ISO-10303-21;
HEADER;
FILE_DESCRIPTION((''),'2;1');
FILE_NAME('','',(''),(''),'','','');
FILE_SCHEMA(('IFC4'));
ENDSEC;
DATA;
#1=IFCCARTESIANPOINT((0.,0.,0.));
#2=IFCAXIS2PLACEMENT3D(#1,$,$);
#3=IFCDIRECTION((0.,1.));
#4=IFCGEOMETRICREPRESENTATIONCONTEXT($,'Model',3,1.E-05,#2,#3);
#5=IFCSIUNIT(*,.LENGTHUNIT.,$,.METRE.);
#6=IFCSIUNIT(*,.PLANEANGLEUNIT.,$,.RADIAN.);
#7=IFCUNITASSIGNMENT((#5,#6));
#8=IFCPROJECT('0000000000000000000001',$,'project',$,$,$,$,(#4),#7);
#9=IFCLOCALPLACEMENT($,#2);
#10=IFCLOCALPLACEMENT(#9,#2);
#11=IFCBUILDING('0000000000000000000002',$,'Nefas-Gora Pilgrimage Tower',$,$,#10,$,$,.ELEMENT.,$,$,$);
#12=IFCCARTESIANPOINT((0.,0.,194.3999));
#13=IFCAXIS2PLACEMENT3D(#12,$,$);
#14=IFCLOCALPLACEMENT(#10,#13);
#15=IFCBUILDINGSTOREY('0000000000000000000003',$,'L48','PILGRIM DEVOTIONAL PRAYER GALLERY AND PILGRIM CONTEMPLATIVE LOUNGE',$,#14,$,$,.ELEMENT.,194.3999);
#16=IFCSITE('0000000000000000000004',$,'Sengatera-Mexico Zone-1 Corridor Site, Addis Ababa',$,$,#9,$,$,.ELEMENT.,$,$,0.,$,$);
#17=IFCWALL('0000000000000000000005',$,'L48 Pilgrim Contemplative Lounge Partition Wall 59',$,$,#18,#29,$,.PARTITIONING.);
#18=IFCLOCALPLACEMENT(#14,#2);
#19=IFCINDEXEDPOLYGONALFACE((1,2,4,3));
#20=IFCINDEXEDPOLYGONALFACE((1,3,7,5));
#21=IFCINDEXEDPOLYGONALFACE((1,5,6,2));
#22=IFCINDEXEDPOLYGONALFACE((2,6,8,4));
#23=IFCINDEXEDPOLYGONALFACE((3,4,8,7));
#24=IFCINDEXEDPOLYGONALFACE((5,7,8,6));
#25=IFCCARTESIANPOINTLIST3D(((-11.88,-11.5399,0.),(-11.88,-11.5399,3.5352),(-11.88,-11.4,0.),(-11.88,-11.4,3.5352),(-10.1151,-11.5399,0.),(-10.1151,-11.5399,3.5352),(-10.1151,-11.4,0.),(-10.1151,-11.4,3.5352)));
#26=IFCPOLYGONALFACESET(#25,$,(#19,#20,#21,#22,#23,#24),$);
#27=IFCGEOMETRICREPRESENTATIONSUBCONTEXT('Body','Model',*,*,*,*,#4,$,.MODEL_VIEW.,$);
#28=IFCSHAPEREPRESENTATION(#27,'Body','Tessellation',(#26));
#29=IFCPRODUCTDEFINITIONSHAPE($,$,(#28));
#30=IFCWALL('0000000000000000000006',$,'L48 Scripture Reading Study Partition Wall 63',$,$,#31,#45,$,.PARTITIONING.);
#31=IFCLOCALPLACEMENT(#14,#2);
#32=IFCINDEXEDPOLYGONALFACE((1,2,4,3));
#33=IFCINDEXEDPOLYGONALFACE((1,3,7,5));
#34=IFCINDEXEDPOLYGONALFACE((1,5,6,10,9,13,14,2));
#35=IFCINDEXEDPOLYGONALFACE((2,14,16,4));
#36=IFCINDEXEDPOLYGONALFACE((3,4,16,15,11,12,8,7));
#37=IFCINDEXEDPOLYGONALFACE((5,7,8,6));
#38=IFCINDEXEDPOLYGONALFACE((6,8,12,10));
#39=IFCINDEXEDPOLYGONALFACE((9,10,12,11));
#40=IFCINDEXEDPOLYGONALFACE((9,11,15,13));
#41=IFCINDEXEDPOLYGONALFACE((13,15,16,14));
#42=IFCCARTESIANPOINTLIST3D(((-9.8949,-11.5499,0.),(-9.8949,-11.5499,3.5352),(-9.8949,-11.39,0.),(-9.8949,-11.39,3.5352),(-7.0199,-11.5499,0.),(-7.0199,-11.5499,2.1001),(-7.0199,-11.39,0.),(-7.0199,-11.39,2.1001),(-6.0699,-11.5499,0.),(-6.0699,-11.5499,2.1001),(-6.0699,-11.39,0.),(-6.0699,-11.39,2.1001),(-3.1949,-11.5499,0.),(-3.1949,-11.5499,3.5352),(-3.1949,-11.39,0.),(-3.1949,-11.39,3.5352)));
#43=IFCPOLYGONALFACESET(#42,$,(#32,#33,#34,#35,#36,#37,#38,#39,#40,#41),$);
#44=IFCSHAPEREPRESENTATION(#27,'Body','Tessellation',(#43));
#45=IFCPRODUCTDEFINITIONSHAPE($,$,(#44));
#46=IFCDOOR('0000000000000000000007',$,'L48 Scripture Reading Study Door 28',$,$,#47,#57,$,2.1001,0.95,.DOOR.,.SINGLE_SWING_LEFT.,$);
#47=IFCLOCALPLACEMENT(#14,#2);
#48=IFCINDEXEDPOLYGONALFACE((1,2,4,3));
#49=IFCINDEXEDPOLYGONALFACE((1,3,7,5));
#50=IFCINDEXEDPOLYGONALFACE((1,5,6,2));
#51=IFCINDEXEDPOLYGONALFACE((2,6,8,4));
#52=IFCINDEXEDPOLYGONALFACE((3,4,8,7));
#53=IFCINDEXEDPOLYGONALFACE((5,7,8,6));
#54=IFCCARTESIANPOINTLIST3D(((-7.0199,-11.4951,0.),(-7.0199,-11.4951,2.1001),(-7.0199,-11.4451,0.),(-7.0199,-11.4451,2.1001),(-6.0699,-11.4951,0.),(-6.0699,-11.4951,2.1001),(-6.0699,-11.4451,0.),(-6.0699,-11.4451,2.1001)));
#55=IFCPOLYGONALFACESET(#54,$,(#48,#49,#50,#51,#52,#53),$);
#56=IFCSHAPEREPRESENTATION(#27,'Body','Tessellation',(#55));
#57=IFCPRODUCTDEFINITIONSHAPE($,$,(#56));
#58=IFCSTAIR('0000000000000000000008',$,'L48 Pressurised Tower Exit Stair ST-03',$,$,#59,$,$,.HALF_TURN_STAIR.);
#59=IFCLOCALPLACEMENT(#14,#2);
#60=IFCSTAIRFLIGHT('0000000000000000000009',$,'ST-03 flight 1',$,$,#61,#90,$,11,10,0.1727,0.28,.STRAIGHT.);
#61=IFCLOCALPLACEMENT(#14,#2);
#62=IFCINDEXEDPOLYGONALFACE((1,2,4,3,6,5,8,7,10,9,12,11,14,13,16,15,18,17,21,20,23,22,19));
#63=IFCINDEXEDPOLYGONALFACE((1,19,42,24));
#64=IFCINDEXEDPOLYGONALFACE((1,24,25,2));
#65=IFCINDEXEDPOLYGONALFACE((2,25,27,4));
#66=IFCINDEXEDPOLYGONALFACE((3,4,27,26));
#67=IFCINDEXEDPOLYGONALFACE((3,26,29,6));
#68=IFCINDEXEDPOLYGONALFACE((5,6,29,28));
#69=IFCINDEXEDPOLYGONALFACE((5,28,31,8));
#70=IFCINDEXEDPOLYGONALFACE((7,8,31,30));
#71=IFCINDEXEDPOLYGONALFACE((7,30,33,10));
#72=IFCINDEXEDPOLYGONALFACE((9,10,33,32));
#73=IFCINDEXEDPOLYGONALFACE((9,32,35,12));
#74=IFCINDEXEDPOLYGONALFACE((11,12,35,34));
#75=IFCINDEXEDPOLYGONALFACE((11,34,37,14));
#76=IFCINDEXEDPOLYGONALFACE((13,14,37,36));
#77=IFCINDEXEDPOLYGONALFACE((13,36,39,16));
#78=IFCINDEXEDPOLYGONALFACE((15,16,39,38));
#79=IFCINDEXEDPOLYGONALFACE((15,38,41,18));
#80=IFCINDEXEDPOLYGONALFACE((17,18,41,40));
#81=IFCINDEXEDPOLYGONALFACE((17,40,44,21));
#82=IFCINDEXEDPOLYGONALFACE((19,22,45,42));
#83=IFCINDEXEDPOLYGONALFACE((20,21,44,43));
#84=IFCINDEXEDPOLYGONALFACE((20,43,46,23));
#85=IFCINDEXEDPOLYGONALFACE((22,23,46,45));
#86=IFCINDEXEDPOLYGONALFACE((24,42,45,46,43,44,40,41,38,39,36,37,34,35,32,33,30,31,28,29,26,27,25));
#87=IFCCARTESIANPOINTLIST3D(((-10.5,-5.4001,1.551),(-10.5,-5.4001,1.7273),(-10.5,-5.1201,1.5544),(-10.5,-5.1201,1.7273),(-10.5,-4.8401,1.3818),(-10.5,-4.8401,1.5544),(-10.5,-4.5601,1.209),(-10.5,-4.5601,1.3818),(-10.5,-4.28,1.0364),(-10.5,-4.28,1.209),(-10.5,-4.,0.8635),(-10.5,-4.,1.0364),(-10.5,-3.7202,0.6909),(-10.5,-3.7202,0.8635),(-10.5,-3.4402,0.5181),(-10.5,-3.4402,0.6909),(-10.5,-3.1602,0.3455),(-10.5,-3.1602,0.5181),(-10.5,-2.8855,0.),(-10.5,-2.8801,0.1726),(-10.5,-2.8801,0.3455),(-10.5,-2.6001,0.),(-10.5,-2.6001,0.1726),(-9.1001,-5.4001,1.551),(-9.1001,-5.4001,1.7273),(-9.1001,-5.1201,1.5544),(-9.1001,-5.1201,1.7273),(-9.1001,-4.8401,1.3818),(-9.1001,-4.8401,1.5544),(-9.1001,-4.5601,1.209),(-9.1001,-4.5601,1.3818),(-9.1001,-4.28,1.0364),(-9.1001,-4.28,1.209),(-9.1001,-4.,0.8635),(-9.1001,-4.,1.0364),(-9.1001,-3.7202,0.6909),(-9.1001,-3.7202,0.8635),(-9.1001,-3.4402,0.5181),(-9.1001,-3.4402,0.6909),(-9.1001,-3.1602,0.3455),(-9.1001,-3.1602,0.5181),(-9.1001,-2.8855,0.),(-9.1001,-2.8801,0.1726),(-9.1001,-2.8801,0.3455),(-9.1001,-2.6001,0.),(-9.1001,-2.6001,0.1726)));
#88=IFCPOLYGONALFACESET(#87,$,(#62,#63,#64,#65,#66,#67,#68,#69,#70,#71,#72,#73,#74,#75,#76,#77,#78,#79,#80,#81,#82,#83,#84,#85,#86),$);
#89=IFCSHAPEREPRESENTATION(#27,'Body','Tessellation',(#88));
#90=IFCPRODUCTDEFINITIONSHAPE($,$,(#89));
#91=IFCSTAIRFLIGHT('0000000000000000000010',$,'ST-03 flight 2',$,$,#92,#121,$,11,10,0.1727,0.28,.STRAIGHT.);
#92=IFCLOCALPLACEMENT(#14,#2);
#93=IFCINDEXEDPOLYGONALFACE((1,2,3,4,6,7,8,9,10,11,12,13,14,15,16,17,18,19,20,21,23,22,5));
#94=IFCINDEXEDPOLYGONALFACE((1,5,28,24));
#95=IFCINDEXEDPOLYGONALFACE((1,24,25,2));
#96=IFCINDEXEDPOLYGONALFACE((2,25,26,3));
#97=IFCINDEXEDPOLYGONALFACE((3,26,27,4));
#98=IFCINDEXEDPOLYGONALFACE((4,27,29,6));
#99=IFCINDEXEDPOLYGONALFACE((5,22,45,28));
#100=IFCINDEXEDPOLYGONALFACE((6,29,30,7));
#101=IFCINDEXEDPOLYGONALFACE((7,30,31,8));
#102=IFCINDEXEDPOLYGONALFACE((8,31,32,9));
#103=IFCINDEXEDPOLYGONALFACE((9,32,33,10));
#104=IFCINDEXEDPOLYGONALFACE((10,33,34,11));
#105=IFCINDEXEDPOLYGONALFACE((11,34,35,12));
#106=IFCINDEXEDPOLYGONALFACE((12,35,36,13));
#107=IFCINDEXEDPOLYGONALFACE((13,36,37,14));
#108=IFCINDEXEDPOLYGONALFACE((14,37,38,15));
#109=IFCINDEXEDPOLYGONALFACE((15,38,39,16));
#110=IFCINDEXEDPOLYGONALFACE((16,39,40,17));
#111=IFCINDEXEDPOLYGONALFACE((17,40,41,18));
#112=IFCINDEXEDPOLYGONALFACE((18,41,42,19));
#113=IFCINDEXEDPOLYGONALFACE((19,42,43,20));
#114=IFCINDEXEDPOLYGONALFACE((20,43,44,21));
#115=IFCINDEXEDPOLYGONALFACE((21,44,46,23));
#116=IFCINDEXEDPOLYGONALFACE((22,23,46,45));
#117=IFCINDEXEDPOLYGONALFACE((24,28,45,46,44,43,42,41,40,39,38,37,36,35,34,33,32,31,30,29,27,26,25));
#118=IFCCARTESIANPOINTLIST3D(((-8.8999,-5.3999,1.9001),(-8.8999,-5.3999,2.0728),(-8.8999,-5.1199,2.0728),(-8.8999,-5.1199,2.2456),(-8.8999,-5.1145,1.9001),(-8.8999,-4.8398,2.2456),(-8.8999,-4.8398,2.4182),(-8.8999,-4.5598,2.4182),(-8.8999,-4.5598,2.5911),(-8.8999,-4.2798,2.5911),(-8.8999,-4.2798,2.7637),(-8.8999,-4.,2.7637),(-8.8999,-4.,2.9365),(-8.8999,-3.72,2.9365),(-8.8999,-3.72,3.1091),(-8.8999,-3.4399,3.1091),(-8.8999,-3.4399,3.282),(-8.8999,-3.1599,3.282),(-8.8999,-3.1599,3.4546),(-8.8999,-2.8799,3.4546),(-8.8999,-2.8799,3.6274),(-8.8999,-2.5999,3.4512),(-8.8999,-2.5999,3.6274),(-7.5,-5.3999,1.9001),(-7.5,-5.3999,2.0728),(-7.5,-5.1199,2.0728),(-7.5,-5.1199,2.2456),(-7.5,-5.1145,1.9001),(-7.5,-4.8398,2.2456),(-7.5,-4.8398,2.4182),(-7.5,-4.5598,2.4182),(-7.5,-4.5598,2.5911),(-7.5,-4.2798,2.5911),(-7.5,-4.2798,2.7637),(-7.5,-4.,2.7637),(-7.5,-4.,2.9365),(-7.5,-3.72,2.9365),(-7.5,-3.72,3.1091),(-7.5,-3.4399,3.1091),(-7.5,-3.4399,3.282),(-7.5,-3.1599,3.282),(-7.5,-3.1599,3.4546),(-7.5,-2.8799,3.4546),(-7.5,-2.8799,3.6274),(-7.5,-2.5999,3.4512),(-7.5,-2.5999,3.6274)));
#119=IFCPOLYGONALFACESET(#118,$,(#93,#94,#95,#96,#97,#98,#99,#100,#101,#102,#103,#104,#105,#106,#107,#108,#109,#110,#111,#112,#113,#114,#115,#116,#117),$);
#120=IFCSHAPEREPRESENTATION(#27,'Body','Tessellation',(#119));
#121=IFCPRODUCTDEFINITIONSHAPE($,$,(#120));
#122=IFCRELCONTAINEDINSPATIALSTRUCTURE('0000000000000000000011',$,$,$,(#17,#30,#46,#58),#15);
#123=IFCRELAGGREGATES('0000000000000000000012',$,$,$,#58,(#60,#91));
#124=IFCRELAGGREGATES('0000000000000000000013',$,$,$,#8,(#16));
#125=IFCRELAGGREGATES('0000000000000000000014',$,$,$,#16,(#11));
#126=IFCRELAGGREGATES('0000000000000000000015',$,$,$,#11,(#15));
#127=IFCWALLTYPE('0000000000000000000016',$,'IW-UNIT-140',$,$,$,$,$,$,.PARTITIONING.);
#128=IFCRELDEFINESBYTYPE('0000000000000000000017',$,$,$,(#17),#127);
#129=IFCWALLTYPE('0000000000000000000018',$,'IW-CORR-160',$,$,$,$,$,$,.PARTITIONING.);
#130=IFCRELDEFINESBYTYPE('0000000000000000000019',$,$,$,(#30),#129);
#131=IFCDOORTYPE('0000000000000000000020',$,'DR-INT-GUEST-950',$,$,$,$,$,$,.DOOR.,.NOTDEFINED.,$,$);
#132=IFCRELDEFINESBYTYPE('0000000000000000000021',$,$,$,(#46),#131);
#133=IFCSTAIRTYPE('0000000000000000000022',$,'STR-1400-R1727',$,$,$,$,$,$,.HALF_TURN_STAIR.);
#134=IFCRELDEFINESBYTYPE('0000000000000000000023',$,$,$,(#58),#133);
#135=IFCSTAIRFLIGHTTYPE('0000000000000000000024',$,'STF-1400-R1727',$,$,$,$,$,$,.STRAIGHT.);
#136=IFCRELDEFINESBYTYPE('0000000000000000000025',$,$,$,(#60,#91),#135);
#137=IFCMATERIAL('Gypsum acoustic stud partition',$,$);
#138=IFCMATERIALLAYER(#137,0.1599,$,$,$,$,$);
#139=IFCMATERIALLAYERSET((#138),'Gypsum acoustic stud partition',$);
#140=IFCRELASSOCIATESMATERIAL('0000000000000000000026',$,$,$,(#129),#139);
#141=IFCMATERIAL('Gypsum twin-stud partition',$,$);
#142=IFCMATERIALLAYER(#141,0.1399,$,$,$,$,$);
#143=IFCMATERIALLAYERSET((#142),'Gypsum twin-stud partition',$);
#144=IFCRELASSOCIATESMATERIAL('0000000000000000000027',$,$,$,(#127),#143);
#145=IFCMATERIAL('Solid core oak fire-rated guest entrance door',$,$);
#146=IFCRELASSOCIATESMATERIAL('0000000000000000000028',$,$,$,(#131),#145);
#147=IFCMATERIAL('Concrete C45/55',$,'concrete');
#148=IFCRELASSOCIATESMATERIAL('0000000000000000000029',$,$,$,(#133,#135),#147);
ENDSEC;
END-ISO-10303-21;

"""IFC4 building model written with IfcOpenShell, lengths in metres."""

from ifc_helpers import new_model, si_unit, direction, frame, frame_2d, origin, place, context, subcontext, project, spatial, polyline, rectangle, outline, extrude, source, transform, mapped, material, layer, layer_set, type_object, element, fill, aggregate, save


model = new_model("IFC4")

# Units and contexts
model_context = context("Model", 3, precision=1e-05, world=origin(), true_north=direction((0.0, 1.0)))
body_context = subcontext(model_context, "Body", "Model", "MODEL_VIEW")
ifc_project = project(units=[si_unit("LENGTHUNIT", "METRE"), si_unit("PLANEANGLEUNIT", "RADIAN")], contexts=[model_context])

# Site, building, storey
site_placement = place(None, origin())
site = spatial("IfcSite", under=ifc_project, at=site_placement, Name="Sengatera-Mexico Zone-1 Corridor Site, Addis Ababa", CompositionType="ELEMENT", RefElevation=0.0)
building_placement = place(site_placement, origin())
building = spatial("IfcBuilding", under=site, at=building_placement, Name="Nefas-Gora Pilgrimage Tower", CompositionType="ELEMENT")
storey_placement = place(building_placement, frame((0.0, 0.0, 194.3999)))
storey = spatial("IfcBuildingStorey", under=building, at=storey_placement, Name="L48", Description="PILGRIM DEVOTIONAL PRAYER GALLERY AND PILGRIM CONTEMPLATIVE LOUNGE", CompositionType="ELEMENT", Elevation=194.3999)

# Shared definitions
ifc_material_1 = material(Name="Concrete C45/55", Category="concrete")

# Shared definitions
ifc_material_2 = material(Name="Gypsum acoustic stud partition")
ifc_layer_1 = layer(ifc_material_2, 0.1599)
ifc_layer_set_1 = layer_set([ifc_layer_1], Name="Gypsum acoustic stud partition")
wall_type_1 = type_object("IfcWallType", Name="IW-CORR-160", PredefinedType="PARTITIONING", material=ifc_layer_set_1)
ifc_material_3 = material(Name="Gypsum twin-stud partition")
ifc_layer_2 = layer(ifc_material_3, 0.1399)
ifc_layer_set_2 = layer_set([ifc_layer_2], Name="Gypsum twin-stud partition")
wall_type_2 = type_object("IfcWallType", Name="IW-UNIT-140", PredefinedType="PARTITIONING", material=ifc_layer_set_2)

# Shared definitions
ifc_material_4 = material(Name="Solid core oak fire-rated guest entrance door")
door_type_1 = type_object("IfcDoorType", Name="DR-INT-GUEST-950", OperationType="NOTDEFINED", PredefinedType="DOOR", material=ifc_material_4)
shared_shape_1 = source(origin(), body_context, "Body", "SweptSolid", [
    extrude(rectangle(XDim=0.95, YDim=2.1001, at=frame_2d((0.4751, 1.05))), frame((0.0, 0.0249, 0.0), z_axis=(0.0, -1.0, 0.0), x_axis=(1.0, 0.0, 0.0)), (0.0, 0.0, 1.0), 0.05),
])

# Wall
shared_shape_2 = source(origin(), body_context, "Body", "SweptSolid", [
    extrude(rectangle(XDim=1.7649, YDim=0.1399, at=frame_2d((0.8823, 0.0))), origin(), (0.0, 0.0, 1.0), 3.5352),
])
wall_1_placement = place(storey_placement, frame((-11.8799, -11.47, 0.0), z_axis=(0.0, 0.0, 1.0), x_axis=(1.0, 0.0, 0.0)))
element("IfcWall", 1, at=wall_1_placement, inside=storey, type_object=wall_type_2, Name="L48 Pilgrim Contemplative Lounge Partition Wall 59", PredefinedType="PARTITIONING", context=body_context, shape_type="MappedRepresentation", body=[
    mapped(shared_shape_2, transform((0.0, 0.0, 0.0), x_axis=(1.0, 0.0, 0.0), y_axis=(0.0, 1.0, 0.0), z_axis=(0.0, 0.0, 1.0), scale=1.0)),
])

# Wall, opening, door
shared_shape_3 = source(origin(), body_context, "Body", "SweptSolid", [
    extrude(rectangle(XDim=6.7, YDim=0.1599, at=frame_2d((3.3501, 0.0))), origin(), (0.0, 0.0, 1.0), 3.5352),
])
wall_2_placement = place(storey_placement, frame((-9.895, -11.47, 0.0), z_axis=(0.0, 0.0, 1.0), x_axis=(1.0, 0.0, 0.0)))
wall_2 = element("IfcWall", 2, at=wall_2_placement, inside=storey, type_object=wall_type_1, Name="L48 Scripture Reading Study Partition Wall 63", PredefinedType="PARTITIONING", context=body_context, shape_type="MappedRepresentation", body=[
    mapped(shared_shape_3, transform((0.0, 0.0, 0.0), x_axis=(1.0, 0.0, 0.0), y_axis=(0.0, 1.0, 0.0), z_axis=(0.0, 0.0, 1.0), scale=1.0)),
])
opening_1_placement = place(wall_2_placement, frame((2.875, 0.0, 0.0)))
opening_1 = element("IfcOpeningElement", 3, at=opening_1_placement, cuts=wall_2, PredefinedType="OPENING", context=body_context, shape_type="SweptSolid", body=[
    extrude(rectangle(XDim=0.95, YDim=2.1001, at=frame_2d((0.4751, 1.05))), frame((0.0, 0.0898, 0.0), z_axis=(0.0, -1.0, 0.0), x_axis=(1.0, 0.0, 0.0)), (0.0, 0.0, 1.0), 0.1799),
])
door_1_placement = place(opening_1_placement, origin())
door_1 = element("IfcDoor", 4, at=door_1_placement, inside=storey, type_object=door_type_1, Name="L48 Scripture Reading Study Door 28", OperationType="SINGLE_SWING_LEFT", OverallHeight=2.1001, OverallWidth=0.95, PredefinedType="DOOR", context=body_context, shape_type="MappedRepresentation", body=[
    mapped(shared_shape_1, transform((0.0, 0.0, 0.0), x_axis=(1.0, 0.0, 0.0), y_axis=(0.0, 1.0, 0.0), z_axis=(0.0, 0.0, 1.0), scale=1.0)),
])
fill(opening_1, door_1)

# Stair, stair flights
stair_type = type_object("IfcStairType", Name="STR-1400-R1727", PredefinedType="HALF_TURN_STAIR", material=ifc_material_1)
stair_placement = place(storey_placement, origin())
stair = element("IfcStair", 5, at=stair_placement, inside=storey, type_object=stair_type, Name="L48 Pressurised Tower Exit Stair ST-03", PredefinedType="HALF_TURN_STAIR")
stair_flight_type = type_object("IfcStairFlightType", Name="STF-1400-R1727", PredefinedType="STRAIGHT", material=ifc_material_1)
shared_shape_4 = source(origin(), body_context, "Body", "SweptSolid", [
    extrude(outline(polyline([(0.0, 0.0), (0.0, 0.1726), (0.28, 0.1726), (0.28, 0.3455), (0.5601, 0.3455), (0.5601, 0.5181), (0.8401, 0.5181), (0.8401, 0.6909), (1.1201, 0.6909), (1.1201, 0.8635), (1.3999, 0.8635), (1.3999, 1.0364), (1.6799, 1.0364), (1.6799, 1.209), (1.96, 1.209), (1.96, 1.3818), (2.24, 1.3818), (2.24, 1.5544), (2.52, 1.5544), (2.52, 1.7273), (2.8, 1.7273), (2.8, 1.8999), (2.8, 1.551), (0.2854, 0.0), (0.0, 0.0)])), frame((0.0, 0.7, 0.0), z_axis=(0.0, -1.0, 0.0), x_axis=(1.0, 0.0, 0.0)), (0.0, 0.0, 1.0), 1.3999),
])
stair_flight_1_placement = place(storey_placement, frame((-9.8, -2.6001, 0.0), z_axis=(0.0, 0.0, 1.0), x_axis=(0.0, -1.0, 0.0)))
stair_flight_1 = element("IfcStairFlight", 6, at=stair_flight_1_placement, type_object=stair_flight_type, Name="ST-03 flight 1", NumberOfRisers=11, NumberOfTreads=10, PredefinedType="STRAIGHT", RiserHeight=0.1727, TreadLength=0.28, context=body_context, shape_type="MappedRepresentation", body=[
    mapped(shared_shape_4, transform((0.0, 0.0, 0.0), x_axis=(1.0, 0.0, 0.0), y_axis=(0.0, 1.0, 0.0), z_axis=(0.0, 0.0, 1.0), scale=1.0)),
])
stair_flight_2_placement = place(storey_placement, frame((-8.2, -5.3999, 1.9001), z_axis=(0.0, 0.0, 1.0), x_axis=(0.0, 1.0, 0.0)))
stair_flight_2 = element("IfcStairFlight", 7, at=stair_flight_2_placement, type_object=stair_flight_type, Name="ST-03 flight 2", NumberOfRisers=11, NumberOfTreads=10, PredefinedType="STRAIGHT", RiserHeight=0.1727, TreadLength=0.28, context=body_context, shape_type="MappedRepresentation", body=[
    mapped(shared_shape_4, transform((0.0, 0.0, 0.0), x_axis=(1.0, 0.0, 0.0), y_axis=(0.0, 1.0, 0.0), z_axis=(0.0, 0.0, 1.0), scale=1.0)),
])
aggregate(stair, [stair_flight_1, stair_flight_2])

save(model, "model.ifc")
